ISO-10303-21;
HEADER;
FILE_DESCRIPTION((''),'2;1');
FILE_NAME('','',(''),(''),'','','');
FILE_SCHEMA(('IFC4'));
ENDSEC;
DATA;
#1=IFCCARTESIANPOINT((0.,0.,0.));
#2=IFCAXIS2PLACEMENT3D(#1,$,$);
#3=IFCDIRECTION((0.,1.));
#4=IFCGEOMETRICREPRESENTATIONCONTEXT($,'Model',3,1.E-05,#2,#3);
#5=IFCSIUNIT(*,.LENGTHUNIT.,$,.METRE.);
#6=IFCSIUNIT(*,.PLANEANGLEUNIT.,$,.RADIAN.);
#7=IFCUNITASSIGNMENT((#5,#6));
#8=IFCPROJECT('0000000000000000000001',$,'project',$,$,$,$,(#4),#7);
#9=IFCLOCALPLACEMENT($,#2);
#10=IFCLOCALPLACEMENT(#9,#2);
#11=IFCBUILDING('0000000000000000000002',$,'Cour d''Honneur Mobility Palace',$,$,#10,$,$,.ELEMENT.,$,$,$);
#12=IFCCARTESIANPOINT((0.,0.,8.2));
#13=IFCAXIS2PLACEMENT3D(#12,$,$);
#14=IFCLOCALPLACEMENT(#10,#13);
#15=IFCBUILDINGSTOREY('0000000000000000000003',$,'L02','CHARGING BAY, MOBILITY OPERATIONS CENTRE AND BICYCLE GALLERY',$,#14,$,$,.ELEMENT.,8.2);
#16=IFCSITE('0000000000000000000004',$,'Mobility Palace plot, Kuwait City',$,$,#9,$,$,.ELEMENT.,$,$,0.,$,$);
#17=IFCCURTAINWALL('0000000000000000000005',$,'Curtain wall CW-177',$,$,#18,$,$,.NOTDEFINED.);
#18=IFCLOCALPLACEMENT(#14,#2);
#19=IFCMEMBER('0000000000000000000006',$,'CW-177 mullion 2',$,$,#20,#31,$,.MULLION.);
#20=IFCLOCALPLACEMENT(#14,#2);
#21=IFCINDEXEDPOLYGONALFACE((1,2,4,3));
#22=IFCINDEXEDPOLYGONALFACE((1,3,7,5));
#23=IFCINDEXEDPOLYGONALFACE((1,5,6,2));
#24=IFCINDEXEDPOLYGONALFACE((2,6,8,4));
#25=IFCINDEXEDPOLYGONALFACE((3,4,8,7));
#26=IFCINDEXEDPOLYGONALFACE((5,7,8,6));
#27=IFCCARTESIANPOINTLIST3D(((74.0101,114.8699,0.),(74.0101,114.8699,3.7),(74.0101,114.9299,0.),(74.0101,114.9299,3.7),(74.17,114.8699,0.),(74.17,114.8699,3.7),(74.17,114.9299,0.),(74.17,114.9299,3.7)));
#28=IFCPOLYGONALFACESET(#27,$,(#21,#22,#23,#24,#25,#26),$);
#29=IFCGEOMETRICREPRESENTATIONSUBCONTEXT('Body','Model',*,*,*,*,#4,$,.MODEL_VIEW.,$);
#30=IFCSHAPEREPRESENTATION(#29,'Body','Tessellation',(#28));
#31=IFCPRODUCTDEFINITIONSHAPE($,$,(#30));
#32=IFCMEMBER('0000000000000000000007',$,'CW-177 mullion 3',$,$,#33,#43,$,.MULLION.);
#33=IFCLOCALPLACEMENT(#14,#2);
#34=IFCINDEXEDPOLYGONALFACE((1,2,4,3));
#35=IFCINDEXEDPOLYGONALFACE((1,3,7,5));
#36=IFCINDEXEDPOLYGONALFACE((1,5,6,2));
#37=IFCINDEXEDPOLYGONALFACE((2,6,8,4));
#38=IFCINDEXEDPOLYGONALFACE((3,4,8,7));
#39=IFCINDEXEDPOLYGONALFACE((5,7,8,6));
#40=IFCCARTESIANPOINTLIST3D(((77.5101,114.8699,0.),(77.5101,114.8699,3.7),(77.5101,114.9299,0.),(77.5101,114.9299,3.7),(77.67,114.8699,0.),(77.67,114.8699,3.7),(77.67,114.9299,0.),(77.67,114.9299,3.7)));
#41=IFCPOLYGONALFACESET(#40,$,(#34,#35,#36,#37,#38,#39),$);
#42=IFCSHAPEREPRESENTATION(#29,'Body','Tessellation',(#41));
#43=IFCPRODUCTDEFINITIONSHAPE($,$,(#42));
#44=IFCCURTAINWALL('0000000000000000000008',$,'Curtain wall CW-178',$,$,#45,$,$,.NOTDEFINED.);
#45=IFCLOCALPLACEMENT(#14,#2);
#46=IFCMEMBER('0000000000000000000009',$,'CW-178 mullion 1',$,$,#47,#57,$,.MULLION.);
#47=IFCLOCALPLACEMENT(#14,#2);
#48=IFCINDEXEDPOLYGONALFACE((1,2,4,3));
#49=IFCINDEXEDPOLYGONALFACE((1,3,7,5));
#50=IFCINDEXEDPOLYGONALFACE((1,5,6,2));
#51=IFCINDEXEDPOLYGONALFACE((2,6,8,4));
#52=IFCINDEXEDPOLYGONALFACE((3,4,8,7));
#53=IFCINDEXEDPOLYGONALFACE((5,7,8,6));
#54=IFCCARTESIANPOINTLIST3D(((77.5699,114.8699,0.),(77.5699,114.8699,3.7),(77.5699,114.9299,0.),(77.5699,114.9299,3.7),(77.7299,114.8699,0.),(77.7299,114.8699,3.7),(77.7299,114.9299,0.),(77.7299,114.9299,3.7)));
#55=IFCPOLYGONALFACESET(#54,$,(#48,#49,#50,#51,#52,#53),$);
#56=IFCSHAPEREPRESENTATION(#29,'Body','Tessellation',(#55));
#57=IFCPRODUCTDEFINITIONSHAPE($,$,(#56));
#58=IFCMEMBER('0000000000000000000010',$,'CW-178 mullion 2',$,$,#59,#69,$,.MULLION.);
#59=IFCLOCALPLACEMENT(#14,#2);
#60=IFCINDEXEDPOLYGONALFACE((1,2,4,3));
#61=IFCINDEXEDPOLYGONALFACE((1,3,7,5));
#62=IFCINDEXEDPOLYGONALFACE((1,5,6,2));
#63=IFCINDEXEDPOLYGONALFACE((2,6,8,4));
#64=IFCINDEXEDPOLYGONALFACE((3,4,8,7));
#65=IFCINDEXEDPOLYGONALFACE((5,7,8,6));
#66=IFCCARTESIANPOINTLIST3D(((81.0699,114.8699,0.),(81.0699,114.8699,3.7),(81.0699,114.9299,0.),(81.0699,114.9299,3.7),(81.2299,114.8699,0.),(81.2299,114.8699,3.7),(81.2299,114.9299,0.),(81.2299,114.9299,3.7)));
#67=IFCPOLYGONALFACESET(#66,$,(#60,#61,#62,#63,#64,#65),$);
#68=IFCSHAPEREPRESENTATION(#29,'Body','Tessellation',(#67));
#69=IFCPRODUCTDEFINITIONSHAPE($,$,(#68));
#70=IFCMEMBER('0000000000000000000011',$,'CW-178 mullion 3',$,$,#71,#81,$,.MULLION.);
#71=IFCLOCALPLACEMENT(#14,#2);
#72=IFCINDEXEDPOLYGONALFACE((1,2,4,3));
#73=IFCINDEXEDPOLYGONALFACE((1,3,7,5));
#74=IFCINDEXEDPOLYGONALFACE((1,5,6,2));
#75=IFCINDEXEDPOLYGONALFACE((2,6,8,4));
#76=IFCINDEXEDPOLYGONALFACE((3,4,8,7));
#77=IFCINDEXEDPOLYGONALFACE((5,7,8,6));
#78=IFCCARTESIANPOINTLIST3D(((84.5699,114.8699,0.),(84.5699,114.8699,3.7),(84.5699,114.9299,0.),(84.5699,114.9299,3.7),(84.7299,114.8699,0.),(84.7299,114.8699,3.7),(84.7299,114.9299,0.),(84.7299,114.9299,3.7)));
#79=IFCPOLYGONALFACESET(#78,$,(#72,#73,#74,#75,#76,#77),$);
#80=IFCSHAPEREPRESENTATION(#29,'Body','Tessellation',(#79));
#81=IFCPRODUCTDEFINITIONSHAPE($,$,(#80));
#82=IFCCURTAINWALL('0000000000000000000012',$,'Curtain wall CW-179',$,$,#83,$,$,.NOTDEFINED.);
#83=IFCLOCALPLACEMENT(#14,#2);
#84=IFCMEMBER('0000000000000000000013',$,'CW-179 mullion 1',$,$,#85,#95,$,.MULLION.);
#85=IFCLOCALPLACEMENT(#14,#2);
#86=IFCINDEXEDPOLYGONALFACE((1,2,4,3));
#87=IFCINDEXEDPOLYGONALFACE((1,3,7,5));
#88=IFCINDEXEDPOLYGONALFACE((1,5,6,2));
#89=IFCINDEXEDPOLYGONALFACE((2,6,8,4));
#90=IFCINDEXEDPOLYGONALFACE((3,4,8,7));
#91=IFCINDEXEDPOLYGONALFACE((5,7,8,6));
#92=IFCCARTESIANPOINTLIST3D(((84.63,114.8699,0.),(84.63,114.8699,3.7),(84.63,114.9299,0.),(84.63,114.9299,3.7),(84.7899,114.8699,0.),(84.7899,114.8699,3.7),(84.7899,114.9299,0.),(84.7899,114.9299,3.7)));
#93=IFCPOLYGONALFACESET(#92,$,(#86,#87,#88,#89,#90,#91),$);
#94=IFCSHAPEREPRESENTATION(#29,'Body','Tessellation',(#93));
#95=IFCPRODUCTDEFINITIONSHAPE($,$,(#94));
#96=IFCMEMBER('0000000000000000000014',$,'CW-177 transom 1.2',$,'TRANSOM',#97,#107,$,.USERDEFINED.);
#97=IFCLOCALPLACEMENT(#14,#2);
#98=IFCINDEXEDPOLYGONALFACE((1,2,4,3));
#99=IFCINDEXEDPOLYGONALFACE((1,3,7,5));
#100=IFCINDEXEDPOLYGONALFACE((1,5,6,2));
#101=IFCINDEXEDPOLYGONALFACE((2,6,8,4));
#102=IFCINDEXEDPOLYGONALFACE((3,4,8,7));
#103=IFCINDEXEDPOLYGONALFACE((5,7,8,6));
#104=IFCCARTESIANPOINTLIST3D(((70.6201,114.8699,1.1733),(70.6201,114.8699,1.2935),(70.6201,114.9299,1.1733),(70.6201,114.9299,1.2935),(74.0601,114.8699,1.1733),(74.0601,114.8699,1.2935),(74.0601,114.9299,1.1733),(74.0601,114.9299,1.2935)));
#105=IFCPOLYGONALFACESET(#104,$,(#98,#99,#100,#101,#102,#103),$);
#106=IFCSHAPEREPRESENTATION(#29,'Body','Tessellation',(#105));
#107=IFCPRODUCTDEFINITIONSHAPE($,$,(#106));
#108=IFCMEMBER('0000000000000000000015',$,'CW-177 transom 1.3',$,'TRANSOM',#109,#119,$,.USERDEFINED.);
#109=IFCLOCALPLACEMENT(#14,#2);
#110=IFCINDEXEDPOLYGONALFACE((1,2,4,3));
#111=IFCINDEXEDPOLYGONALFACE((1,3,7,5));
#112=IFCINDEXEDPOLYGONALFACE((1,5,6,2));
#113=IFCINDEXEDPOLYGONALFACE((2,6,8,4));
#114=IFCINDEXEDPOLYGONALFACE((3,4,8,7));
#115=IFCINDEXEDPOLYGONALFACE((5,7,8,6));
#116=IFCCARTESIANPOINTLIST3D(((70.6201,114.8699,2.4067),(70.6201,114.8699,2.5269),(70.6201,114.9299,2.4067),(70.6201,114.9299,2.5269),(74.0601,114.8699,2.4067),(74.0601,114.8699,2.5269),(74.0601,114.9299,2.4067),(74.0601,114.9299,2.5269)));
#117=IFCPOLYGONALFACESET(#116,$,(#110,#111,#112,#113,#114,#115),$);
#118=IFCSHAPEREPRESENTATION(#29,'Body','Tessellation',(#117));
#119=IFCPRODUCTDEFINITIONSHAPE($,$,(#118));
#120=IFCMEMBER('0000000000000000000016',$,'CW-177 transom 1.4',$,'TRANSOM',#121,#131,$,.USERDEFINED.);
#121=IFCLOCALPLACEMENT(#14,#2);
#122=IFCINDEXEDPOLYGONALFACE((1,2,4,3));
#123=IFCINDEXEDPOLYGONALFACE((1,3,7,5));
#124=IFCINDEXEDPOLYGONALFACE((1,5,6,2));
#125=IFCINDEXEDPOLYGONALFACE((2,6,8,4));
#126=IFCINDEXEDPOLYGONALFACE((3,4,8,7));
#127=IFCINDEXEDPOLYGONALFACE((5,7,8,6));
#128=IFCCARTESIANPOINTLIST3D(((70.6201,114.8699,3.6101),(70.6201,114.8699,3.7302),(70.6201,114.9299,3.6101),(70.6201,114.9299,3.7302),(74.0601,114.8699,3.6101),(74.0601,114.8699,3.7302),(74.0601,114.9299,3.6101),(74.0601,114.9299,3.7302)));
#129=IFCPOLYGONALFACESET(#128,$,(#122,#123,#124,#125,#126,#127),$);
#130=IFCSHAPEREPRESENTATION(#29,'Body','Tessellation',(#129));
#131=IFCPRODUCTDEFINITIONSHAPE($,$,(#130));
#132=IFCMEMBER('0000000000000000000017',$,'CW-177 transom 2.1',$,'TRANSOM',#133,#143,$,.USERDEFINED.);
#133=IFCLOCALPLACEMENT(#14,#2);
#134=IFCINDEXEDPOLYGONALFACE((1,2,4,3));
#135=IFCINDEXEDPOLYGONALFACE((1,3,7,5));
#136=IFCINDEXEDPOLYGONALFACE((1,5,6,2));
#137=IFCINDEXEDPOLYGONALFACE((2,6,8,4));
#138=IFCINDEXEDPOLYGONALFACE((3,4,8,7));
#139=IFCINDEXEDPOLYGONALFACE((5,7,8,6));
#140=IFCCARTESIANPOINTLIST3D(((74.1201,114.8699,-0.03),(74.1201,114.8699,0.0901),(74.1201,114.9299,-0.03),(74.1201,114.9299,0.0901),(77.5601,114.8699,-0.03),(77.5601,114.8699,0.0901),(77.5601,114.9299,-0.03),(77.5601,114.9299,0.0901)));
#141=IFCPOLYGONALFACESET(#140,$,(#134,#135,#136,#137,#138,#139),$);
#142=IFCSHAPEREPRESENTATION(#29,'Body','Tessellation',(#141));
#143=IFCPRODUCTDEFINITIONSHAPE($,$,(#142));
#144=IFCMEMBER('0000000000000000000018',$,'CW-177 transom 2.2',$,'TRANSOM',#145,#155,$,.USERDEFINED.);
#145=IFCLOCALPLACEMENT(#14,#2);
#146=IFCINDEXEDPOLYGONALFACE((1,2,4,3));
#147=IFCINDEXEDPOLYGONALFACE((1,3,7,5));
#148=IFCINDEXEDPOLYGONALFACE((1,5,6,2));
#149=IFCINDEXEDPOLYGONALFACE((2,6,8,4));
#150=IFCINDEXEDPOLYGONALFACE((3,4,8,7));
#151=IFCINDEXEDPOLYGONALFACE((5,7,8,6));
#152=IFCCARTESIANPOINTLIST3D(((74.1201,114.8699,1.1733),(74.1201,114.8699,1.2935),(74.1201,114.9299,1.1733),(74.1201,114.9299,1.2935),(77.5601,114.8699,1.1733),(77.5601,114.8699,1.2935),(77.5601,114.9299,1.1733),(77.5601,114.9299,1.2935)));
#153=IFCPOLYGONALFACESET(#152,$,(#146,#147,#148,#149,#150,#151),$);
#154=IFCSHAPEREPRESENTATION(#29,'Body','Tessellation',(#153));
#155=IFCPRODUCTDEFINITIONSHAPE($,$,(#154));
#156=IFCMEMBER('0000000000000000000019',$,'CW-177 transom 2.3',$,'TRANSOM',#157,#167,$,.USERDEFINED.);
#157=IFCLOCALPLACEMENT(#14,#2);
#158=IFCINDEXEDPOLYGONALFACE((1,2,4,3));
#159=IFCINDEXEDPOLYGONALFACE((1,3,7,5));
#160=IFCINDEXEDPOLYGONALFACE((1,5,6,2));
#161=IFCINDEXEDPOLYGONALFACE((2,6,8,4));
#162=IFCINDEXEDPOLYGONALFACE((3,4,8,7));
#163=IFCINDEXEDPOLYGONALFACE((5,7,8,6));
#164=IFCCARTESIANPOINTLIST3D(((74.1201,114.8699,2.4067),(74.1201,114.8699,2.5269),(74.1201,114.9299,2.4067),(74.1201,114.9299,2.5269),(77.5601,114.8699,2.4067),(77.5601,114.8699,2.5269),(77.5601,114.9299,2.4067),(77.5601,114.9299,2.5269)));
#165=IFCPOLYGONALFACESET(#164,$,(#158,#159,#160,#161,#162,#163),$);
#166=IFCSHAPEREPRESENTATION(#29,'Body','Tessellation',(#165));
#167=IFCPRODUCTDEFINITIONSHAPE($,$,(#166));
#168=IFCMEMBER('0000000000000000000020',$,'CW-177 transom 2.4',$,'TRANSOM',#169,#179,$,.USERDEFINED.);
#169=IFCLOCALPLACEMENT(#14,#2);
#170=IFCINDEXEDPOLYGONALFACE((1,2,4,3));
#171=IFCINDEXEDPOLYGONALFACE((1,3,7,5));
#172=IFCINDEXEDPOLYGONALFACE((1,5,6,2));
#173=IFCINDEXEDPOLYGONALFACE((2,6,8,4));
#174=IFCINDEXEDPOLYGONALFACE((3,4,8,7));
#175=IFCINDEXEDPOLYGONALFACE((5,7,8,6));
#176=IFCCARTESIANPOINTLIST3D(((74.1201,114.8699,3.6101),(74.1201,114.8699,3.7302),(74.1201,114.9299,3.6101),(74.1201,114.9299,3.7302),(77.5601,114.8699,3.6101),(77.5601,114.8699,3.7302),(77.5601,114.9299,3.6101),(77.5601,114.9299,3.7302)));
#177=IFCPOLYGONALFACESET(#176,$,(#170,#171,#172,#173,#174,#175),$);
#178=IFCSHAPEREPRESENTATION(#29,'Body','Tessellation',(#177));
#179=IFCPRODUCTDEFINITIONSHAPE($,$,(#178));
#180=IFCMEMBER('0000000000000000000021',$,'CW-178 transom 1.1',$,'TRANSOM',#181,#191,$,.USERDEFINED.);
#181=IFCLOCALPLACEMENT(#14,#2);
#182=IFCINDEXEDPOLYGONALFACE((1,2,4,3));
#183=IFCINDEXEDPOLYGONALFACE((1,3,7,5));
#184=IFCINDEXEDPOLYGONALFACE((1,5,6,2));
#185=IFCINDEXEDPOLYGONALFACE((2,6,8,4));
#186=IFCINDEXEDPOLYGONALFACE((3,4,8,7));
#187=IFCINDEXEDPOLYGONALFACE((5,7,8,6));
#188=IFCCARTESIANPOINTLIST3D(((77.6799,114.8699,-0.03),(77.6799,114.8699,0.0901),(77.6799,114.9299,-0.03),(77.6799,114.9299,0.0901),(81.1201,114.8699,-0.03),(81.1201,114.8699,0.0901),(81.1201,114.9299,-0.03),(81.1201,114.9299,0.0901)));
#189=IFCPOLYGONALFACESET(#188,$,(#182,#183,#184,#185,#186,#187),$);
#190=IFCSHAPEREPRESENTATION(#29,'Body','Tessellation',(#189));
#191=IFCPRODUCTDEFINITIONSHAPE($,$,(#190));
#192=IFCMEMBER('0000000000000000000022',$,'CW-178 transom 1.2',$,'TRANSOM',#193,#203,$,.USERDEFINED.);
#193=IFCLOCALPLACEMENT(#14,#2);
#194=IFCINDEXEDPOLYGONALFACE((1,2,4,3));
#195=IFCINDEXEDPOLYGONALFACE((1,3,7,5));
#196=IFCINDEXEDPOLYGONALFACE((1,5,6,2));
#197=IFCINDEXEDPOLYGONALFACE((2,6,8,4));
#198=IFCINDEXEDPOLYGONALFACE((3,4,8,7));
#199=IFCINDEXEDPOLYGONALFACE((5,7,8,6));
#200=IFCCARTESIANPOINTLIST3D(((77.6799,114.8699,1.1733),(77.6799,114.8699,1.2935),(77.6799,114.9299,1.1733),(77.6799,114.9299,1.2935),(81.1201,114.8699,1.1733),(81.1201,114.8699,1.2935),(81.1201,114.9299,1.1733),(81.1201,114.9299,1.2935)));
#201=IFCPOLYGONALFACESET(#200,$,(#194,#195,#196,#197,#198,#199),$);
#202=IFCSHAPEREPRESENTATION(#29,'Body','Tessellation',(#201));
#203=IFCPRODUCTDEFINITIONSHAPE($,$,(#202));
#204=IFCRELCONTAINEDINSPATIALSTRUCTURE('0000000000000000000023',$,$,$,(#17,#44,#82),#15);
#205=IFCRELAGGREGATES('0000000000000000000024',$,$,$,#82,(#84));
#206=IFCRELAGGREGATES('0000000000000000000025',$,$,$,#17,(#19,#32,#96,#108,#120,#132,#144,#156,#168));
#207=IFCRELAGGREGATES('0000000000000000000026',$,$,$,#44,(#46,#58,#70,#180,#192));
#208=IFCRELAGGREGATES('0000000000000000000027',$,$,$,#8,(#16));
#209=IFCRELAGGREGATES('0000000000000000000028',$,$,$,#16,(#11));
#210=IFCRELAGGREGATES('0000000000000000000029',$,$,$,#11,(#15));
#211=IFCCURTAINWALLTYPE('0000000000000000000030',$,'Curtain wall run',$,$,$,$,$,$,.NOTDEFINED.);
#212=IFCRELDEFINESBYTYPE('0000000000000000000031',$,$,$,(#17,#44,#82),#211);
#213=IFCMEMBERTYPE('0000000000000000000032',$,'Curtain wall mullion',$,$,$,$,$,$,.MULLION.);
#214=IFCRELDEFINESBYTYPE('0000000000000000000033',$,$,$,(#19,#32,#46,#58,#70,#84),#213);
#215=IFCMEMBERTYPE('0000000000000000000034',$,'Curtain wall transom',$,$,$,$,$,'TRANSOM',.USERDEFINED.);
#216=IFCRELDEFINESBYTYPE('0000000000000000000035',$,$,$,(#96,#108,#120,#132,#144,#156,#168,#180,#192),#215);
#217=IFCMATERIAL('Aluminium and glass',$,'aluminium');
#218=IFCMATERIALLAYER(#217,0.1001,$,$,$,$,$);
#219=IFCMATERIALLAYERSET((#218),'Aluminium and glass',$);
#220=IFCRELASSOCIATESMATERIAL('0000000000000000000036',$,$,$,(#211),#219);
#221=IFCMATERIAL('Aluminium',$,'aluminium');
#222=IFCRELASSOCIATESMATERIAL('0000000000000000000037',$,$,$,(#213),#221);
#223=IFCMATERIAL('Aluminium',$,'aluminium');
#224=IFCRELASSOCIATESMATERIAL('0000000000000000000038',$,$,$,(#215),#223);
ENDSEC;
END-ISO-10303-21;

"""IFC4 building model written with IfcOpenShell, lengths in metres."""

from ifc_helpers import new_model, si_unit, direction, frame, origin, origin_2d, place, context, subcontext, project, spatial, rectangle, extrude, material, layer, layer_set, material_profile, profile_set, type_object, element, aggregate, save


model = new_model("IFC4")

# Units and contexts
model_context = context("Model", 3, precision=1e-05, world=origin(), true_north=direction((0.0, 1.0)))
body_context = subcontext(model_context, "Body", "Model", "MODEL_VIEW")
ifc_project = project(units=[si_unit("LENGTHUNIT", "METRE"), si_unit("PLANEANGLEUNIT", "RADIAN")], contexts=[model_context])

# Site, building, storey
site_placement = place(None, origin())
site = spatial("IfcSite", under=ifc_project, at=site_placement, Name="Mobility Palace plot, Kuwait City", CompositionType="ELEMENT", RefElevation=0.0)
building_placement = place(site_placement, origin())
building = spatial("IfcBuilding", under=site, at=building_placement, Name="Cour d'Honneur Mobility Palace", CompositionType="ELEMENT")
storey_placement = place(building_placement, frame((0.0, 0.0, 8.2)))
storey = spatial("IfcBuildingStorey", under=building, at=storey_placement, Name="L02", Description="CHARGING BAY, MOBILITY OPERATIONS CENTRE AND BICYCLE GALLERY", CompositionType="ELEMENT", Elevation=8.2)

# Curtain walls, members
ifc_material_1 = material(Name="Aluminium and glass", Category="aluminium")
ifc_layer_1 = layer(ifc_material_1, 0.1001)
ifc_layer_set_1 = layer_set([ifc_layer_1], Name="Aluminium and glass")
curtain_wall_type = type_object("IfcCurtainWallType", Name="Curtain wall run", PredefinedType="NOTDEFINED", material=ifc_layer_set_1)
curtain_wall_1_placement = place(storey_placement, origin())
curtain_wall_1 = element("IfcCurtainWall", 1, at=curtain_wall_1_placement, inside=storey, type_object=curtain_wall_type, Name="Curtain wall CW-177", PredefinedType="NOTDEFINED")
ifc_material_2 = material(Name="Aluminium", Category="aluminium")
ifc_material_profile_1 = material_profile(ifc_material_2, rectangle(XDim=0.0601, YDim=0.1599, at=origin_2d()), Name="Curtain wall mullion")
ifc_profile_set_1 = profile_set([ifc_material_profile_1], Name="Aluminium")
member_type_1 = type_object("IfcMemberType", Name="Curtain wall mullion", PredefinedType="MULLION", material=ifc_profile_set_1)
member_1_placement = place(storey_placement, frame((74.0901, 114.8999, 0.0), z_axis=(0.0, 0.0, 1.0), x_axis=(0.0, 1.0, 0.0)))
member_1 = element("IfcMember", 2, at=member_1_placement, type_object=member_type_1, Name="CW-177 mullion 2", PredefinedType="MULLION", context=body_context, shape_type="SweptSolid", body=[
    extrude(rectangle(XDim=0.0601, YDim=0.1599, at=origin_2d()), origin(), (0.0, 0.0, 1.0), 3.7),
])
member_2_placement = place(storey_placement, frame((77.5901, 114.8999, 0.0), z_axis=(0.0, 0.0, 1.0), x_axis=(0.0, 1.0, 0.0)))
member_2 = element("IfcMember", 3, at=member_2_placement, type_object=member_type_1, Name="CW-177 mullion 3", PredefinedType="MULLION", context=body_context, shape_type="SweptSolid", body=[
    extrude(rectangle(XDim=0.0601, YDim=0.1599, at=origin_2d()), origin(), (0.0, 0.0, 1.0), 3.7),
])
curtain_wall_2_placement = place(storey_placement, origin())
curtain_wall_2 = element("IfcCurtainWall", 4, at=curtain_wall_2_placement, inside=storey, type_object=curtain_wall_type, Name="Curtain wall CW-178", PredefinedType="NOTDEFINED")
member_3_placement = place(storey_placement, frame((77.6499, 114.8999, 0.0), z_axis=(0.0, 0.0, 1.0), x_axis=(0.0, 1.0, 0.0)))
member_3 = element("IfcMember", 5, at=member_3_placement, type_object=member_type_1, Name="CW-178 mullion 1", PredefinedType="MULLION", context=body_context, shape_type="SweptSolid", body=[
    extrude(rectangle(XDim=0.0601, YDim=0.1599, at=origin_2d()), origin(), (0.0, 0.0, 1.0), 3.7),
])
member_4_placement = place(storey_placement, frame((81.1499, 114.8999, 0.0), z_axis=(0.0, 0.0, 1.0), x_axis=(0.0, 1.0, 0.0)))
member_4 = element("IfcMember", 6, at=member_4_placement, type_object=member_type_1, Name="CW-178 mullion 2", PredefinedType="MULLION", context=body_context, shape_type="SweptSolid", body=[
    extrude(rectangle(XDim=0.0601, YDim=0.1599, at=origin_2d()), origin(), (0.0, 0.0, 1.0), 3.7),
])
member_5_placement = place(storey_placement, frame((84.6499, 114.8999, 0.0), z_axis=(0.0, 0.0, 1.0), x_axis=(0.0, 1.0, 0.0)))
member_5 = element("IfcMember", 7, at=member_5_placement, type_object=member_type_1, Name="CW-178 mullion 3", PredefinedType="MULLION", context=body_context, shape_type="SweptSolid", body=[
    extrude(rectangle(XDim=0.0601, YDim=0.1599, at=origin_2d()), origin(), (0.0, 0.0, 1.0), 3.7),
])

# Curtain wall, member
curtain_wall_3_placement = place(storey_placement, origin())
curtain_wall_3 = element("IfcCurtainWall", 8, at=curtain_wall_3_placement, inside=storey, type_object=curtain_wall_type, Name="Curtain wall CW-179", PredefinedType="NOTDEFINED")
member_6_placement = place(storey_placement, frame((84.71, 114.8999, 0.0), z_axis=(0.0, 0.0, 1.0), x_axis=(0.0, 1.0, 0.0)))
member_6 = element("IfcMember", 9, at=member_6_placement, type_object=member_type_1, Name="CW-179 mullion 1", PredefinedType="MULLION", context=body_context, shape_type="SweptSolid", body=[
    extrude(rectangle(XDim=0.0601, YDim=0.1599, at=origin_2d()), origin(), (0.0, 0.0, 1.0), 3.7),
])
aggregate(curtain_wall_3, [member_6])

# Members
ifc_material_3 = material(Name="Aluminium", Category="aluminium")
ifc_material_profile_2 = material_profile(ifc_material_3, rectangle(XDim=0.0601, YDim=0.1201, at=origin_2d()), Name="Curtain wall transom")
ifc_profile_set_2 = profile_set([ifc_material_profile_2], Name="Aluminium")
member_type_2 = type_object("IfcMemberType", Name="Curtain wall transom", ElementType="TRANSOM", PredefinedType="USERDEFINED", material=ifc_profile_set_2)
member_7_placement = place(storey_placement, frame((70.6201, 114.8999, 1.2334), z_axis=(1.0, 0.0, 0.0), x_axis=(0.0, 1.0, 0.0)))
member_7 = element("IfcMember", 10, at=member_7_placement, type_object=member_type_2, Name="CW-177 transom 1.2", ObjectType="TRANSOM", PredefinedType="USERDEFINED", context=body_context, shape_type="SweptSolid", body=[
    extrude(rectangle(XDim=0.0601, YDim=0.1201, at=origin_2d()), origin(), (0.0, 0.0, 1.0), 3.4399),
])
member_8_placement = place(storey_placement, frame((70.6201, 114.8999, 2.4668), z_axis=(1.0, 0.0, 0.0), x_axis=(0.0, 1.0, 0.0)))
member_8 = element("IfcMember", 11, at=member_8_placement, type_object=member_type_2, Name="CW-177 transom 1.3", ObjectType="TRANSOM", PredefinedType="USERDEFINED", context=body_context, shape_type="SweptSolid", body=[
    extrude(rectangle(XDim=0.0601, YDim=0.1201, at=origin_2d()), origin(), (0.0, 0.0, 1.0), 3.4399),
])
member_9_placement = place(storey_placement, frame((70.6201, 114.8999, 3.6702), z_axis=(1.0, 0.0, 0.0), x_axis=(0.0, 1.0, 0.0)))
member_9 = element("IfcMember", 12, at=member_9_placement, type_object=member_type_2, Name="CW-177 transom 1.4", ObjectType="TRANSOM", PredefinedType="USERDEFINED", context=body_context, shape_type="SweptSolid", body=[
    extrude(rectangle(XDim=0.0601, YDim=0.1201, at=origin_2d()), origin(), (0.0, 0.0, 1.0), 3.4399),
])
member_10_placement = place(storey_placement, frame((74.1201, 114.8999, 0.03), z_axis=(1.0, 0.0, 0.0), x_axis=(0.0, 1.0, 0.0)))
member_10 = element("IfcMember", 13, at=member_10_placement, type_object=member_type_2, Name="CW-177 transom 2.1", ObjectType="TRANSOM", PredefinedType="USERDEFINED", context=body_context, shape_type="SweptSolid", body=[
    extrude(rectangle(XDim=0.0601, YDim=0.1201, at=origin_2d()), origin(), (0.0, 0.0, 1.0), 3.4399),
])
member_11_placement = place(storey_placement, frame((74.1201, 114.8999, 1.2334), z_axis=(1.0, 0.0, 0.0), x_axis=(0.0, 1.0, 0.0)))
member_11 = element("IfcMember", 14, at=member_11_placement, type_object=member_type_2, Name="CW-177 transom 2.2", ObjectType="TRANSOM", PredefinedType="USERDEFINED", context=body_context, shape_type="SweptSolid", body=[
    extrude(rectangle(XDim=0.0601, YDim=0.1201, at=origin_2d()), origin(), (0.0, 0.0, 1.0), 3.4399),
])
member_12_placement = place(storey_placement, frame((74.1201, 114.8999, 2.4668), z_axis=(1.0, 0.0, 0.0), x_axis=(0.0, 1.0, 0.0)))
member_12 = element("IfcMember", 15, at=member_12_placement, type_object=member_type_2, Name="CW-177 transom 2.3", ObjectType="TRANSOM", PredefinedType="USERDEFINED", context=body_context, shape_type="SweptSolid", body=[
    extrude(rectangle(XDim=0.0601, YDim=0.1201, at=origin_2d()), origin(), (0.0, 0.0, 1.0), 3.4399),
])
member_13_placement = place(storey_placement, frame((74.1201, 114.8999, 3.6702), z_axis=(1.0, 0.0, 0.0), x_axis=(0.0, 1.0, 0.0)))
member_13 = element("IfcMember", 16, at=member_13_placement, type_object=member_type_2, Name="CW-177 transom 2.4", ObjectType="TRANSOM", PredefinedType="USERDEFINED", context=body_context, shape_type="SweptSolid", body=[
    extrude(rectangle(XDim=0.0601, YDim=0.1201, at=origin_2d()), origin(), (0.0, 0.0, 1.0), 3.4399),
])
member_14_placement = place(storey_placement, frame((77.6799, 114.8999, 0.03), z_axis=(1.0, 0.0, 0.0), x_axis=(0.0, 1.0, 0.0)))
member_14 = element("IfcMember", 17, at=member_14_placement, type_object=member_type_2, Name="CW-178 transom 1.1", ObjectType="TRANSOM", PredefinedType="USERDEFINED", context=body_context, shape_type="SweptSolid", body=[
    extrude(rectangle(XDim=0.0601, YDim=0.1201, at=origin_2d()), origin(), (0.0, 0.0, 1.0), 3.4402),
])
member_15_placement = place(storey_placement, frame((77.6799, 114.8999, 1.2334), z_axis=(1.0, 0.0, 0.0), x_axis=(0.0, 1.0, 0.0)))
member_15 = element("IfcMember", 18, at=member_15_placement, type_object=member_type_2, Name="CW-178 transom 1.2", ObjectType="TRANSOM", PredefinedType="USERDEFINED", context=body_context, shape_type="SweptSolid", body=[
    extrude(rectangle(XDim=0.0601, YDim=0.1201, at=origin_2d()), origin(), (0.0, 0.0, 1.0), 3.4402),
])

aggregate(curtain_wall_1, [member_1, member_2, member_7, member_8, member_9, member_10, member_11, member_12, member_13])
aggregate(curtain_wall_2, [member_3, member_4, member_5, member_14, member_15])

save(model, "model.ifc")
